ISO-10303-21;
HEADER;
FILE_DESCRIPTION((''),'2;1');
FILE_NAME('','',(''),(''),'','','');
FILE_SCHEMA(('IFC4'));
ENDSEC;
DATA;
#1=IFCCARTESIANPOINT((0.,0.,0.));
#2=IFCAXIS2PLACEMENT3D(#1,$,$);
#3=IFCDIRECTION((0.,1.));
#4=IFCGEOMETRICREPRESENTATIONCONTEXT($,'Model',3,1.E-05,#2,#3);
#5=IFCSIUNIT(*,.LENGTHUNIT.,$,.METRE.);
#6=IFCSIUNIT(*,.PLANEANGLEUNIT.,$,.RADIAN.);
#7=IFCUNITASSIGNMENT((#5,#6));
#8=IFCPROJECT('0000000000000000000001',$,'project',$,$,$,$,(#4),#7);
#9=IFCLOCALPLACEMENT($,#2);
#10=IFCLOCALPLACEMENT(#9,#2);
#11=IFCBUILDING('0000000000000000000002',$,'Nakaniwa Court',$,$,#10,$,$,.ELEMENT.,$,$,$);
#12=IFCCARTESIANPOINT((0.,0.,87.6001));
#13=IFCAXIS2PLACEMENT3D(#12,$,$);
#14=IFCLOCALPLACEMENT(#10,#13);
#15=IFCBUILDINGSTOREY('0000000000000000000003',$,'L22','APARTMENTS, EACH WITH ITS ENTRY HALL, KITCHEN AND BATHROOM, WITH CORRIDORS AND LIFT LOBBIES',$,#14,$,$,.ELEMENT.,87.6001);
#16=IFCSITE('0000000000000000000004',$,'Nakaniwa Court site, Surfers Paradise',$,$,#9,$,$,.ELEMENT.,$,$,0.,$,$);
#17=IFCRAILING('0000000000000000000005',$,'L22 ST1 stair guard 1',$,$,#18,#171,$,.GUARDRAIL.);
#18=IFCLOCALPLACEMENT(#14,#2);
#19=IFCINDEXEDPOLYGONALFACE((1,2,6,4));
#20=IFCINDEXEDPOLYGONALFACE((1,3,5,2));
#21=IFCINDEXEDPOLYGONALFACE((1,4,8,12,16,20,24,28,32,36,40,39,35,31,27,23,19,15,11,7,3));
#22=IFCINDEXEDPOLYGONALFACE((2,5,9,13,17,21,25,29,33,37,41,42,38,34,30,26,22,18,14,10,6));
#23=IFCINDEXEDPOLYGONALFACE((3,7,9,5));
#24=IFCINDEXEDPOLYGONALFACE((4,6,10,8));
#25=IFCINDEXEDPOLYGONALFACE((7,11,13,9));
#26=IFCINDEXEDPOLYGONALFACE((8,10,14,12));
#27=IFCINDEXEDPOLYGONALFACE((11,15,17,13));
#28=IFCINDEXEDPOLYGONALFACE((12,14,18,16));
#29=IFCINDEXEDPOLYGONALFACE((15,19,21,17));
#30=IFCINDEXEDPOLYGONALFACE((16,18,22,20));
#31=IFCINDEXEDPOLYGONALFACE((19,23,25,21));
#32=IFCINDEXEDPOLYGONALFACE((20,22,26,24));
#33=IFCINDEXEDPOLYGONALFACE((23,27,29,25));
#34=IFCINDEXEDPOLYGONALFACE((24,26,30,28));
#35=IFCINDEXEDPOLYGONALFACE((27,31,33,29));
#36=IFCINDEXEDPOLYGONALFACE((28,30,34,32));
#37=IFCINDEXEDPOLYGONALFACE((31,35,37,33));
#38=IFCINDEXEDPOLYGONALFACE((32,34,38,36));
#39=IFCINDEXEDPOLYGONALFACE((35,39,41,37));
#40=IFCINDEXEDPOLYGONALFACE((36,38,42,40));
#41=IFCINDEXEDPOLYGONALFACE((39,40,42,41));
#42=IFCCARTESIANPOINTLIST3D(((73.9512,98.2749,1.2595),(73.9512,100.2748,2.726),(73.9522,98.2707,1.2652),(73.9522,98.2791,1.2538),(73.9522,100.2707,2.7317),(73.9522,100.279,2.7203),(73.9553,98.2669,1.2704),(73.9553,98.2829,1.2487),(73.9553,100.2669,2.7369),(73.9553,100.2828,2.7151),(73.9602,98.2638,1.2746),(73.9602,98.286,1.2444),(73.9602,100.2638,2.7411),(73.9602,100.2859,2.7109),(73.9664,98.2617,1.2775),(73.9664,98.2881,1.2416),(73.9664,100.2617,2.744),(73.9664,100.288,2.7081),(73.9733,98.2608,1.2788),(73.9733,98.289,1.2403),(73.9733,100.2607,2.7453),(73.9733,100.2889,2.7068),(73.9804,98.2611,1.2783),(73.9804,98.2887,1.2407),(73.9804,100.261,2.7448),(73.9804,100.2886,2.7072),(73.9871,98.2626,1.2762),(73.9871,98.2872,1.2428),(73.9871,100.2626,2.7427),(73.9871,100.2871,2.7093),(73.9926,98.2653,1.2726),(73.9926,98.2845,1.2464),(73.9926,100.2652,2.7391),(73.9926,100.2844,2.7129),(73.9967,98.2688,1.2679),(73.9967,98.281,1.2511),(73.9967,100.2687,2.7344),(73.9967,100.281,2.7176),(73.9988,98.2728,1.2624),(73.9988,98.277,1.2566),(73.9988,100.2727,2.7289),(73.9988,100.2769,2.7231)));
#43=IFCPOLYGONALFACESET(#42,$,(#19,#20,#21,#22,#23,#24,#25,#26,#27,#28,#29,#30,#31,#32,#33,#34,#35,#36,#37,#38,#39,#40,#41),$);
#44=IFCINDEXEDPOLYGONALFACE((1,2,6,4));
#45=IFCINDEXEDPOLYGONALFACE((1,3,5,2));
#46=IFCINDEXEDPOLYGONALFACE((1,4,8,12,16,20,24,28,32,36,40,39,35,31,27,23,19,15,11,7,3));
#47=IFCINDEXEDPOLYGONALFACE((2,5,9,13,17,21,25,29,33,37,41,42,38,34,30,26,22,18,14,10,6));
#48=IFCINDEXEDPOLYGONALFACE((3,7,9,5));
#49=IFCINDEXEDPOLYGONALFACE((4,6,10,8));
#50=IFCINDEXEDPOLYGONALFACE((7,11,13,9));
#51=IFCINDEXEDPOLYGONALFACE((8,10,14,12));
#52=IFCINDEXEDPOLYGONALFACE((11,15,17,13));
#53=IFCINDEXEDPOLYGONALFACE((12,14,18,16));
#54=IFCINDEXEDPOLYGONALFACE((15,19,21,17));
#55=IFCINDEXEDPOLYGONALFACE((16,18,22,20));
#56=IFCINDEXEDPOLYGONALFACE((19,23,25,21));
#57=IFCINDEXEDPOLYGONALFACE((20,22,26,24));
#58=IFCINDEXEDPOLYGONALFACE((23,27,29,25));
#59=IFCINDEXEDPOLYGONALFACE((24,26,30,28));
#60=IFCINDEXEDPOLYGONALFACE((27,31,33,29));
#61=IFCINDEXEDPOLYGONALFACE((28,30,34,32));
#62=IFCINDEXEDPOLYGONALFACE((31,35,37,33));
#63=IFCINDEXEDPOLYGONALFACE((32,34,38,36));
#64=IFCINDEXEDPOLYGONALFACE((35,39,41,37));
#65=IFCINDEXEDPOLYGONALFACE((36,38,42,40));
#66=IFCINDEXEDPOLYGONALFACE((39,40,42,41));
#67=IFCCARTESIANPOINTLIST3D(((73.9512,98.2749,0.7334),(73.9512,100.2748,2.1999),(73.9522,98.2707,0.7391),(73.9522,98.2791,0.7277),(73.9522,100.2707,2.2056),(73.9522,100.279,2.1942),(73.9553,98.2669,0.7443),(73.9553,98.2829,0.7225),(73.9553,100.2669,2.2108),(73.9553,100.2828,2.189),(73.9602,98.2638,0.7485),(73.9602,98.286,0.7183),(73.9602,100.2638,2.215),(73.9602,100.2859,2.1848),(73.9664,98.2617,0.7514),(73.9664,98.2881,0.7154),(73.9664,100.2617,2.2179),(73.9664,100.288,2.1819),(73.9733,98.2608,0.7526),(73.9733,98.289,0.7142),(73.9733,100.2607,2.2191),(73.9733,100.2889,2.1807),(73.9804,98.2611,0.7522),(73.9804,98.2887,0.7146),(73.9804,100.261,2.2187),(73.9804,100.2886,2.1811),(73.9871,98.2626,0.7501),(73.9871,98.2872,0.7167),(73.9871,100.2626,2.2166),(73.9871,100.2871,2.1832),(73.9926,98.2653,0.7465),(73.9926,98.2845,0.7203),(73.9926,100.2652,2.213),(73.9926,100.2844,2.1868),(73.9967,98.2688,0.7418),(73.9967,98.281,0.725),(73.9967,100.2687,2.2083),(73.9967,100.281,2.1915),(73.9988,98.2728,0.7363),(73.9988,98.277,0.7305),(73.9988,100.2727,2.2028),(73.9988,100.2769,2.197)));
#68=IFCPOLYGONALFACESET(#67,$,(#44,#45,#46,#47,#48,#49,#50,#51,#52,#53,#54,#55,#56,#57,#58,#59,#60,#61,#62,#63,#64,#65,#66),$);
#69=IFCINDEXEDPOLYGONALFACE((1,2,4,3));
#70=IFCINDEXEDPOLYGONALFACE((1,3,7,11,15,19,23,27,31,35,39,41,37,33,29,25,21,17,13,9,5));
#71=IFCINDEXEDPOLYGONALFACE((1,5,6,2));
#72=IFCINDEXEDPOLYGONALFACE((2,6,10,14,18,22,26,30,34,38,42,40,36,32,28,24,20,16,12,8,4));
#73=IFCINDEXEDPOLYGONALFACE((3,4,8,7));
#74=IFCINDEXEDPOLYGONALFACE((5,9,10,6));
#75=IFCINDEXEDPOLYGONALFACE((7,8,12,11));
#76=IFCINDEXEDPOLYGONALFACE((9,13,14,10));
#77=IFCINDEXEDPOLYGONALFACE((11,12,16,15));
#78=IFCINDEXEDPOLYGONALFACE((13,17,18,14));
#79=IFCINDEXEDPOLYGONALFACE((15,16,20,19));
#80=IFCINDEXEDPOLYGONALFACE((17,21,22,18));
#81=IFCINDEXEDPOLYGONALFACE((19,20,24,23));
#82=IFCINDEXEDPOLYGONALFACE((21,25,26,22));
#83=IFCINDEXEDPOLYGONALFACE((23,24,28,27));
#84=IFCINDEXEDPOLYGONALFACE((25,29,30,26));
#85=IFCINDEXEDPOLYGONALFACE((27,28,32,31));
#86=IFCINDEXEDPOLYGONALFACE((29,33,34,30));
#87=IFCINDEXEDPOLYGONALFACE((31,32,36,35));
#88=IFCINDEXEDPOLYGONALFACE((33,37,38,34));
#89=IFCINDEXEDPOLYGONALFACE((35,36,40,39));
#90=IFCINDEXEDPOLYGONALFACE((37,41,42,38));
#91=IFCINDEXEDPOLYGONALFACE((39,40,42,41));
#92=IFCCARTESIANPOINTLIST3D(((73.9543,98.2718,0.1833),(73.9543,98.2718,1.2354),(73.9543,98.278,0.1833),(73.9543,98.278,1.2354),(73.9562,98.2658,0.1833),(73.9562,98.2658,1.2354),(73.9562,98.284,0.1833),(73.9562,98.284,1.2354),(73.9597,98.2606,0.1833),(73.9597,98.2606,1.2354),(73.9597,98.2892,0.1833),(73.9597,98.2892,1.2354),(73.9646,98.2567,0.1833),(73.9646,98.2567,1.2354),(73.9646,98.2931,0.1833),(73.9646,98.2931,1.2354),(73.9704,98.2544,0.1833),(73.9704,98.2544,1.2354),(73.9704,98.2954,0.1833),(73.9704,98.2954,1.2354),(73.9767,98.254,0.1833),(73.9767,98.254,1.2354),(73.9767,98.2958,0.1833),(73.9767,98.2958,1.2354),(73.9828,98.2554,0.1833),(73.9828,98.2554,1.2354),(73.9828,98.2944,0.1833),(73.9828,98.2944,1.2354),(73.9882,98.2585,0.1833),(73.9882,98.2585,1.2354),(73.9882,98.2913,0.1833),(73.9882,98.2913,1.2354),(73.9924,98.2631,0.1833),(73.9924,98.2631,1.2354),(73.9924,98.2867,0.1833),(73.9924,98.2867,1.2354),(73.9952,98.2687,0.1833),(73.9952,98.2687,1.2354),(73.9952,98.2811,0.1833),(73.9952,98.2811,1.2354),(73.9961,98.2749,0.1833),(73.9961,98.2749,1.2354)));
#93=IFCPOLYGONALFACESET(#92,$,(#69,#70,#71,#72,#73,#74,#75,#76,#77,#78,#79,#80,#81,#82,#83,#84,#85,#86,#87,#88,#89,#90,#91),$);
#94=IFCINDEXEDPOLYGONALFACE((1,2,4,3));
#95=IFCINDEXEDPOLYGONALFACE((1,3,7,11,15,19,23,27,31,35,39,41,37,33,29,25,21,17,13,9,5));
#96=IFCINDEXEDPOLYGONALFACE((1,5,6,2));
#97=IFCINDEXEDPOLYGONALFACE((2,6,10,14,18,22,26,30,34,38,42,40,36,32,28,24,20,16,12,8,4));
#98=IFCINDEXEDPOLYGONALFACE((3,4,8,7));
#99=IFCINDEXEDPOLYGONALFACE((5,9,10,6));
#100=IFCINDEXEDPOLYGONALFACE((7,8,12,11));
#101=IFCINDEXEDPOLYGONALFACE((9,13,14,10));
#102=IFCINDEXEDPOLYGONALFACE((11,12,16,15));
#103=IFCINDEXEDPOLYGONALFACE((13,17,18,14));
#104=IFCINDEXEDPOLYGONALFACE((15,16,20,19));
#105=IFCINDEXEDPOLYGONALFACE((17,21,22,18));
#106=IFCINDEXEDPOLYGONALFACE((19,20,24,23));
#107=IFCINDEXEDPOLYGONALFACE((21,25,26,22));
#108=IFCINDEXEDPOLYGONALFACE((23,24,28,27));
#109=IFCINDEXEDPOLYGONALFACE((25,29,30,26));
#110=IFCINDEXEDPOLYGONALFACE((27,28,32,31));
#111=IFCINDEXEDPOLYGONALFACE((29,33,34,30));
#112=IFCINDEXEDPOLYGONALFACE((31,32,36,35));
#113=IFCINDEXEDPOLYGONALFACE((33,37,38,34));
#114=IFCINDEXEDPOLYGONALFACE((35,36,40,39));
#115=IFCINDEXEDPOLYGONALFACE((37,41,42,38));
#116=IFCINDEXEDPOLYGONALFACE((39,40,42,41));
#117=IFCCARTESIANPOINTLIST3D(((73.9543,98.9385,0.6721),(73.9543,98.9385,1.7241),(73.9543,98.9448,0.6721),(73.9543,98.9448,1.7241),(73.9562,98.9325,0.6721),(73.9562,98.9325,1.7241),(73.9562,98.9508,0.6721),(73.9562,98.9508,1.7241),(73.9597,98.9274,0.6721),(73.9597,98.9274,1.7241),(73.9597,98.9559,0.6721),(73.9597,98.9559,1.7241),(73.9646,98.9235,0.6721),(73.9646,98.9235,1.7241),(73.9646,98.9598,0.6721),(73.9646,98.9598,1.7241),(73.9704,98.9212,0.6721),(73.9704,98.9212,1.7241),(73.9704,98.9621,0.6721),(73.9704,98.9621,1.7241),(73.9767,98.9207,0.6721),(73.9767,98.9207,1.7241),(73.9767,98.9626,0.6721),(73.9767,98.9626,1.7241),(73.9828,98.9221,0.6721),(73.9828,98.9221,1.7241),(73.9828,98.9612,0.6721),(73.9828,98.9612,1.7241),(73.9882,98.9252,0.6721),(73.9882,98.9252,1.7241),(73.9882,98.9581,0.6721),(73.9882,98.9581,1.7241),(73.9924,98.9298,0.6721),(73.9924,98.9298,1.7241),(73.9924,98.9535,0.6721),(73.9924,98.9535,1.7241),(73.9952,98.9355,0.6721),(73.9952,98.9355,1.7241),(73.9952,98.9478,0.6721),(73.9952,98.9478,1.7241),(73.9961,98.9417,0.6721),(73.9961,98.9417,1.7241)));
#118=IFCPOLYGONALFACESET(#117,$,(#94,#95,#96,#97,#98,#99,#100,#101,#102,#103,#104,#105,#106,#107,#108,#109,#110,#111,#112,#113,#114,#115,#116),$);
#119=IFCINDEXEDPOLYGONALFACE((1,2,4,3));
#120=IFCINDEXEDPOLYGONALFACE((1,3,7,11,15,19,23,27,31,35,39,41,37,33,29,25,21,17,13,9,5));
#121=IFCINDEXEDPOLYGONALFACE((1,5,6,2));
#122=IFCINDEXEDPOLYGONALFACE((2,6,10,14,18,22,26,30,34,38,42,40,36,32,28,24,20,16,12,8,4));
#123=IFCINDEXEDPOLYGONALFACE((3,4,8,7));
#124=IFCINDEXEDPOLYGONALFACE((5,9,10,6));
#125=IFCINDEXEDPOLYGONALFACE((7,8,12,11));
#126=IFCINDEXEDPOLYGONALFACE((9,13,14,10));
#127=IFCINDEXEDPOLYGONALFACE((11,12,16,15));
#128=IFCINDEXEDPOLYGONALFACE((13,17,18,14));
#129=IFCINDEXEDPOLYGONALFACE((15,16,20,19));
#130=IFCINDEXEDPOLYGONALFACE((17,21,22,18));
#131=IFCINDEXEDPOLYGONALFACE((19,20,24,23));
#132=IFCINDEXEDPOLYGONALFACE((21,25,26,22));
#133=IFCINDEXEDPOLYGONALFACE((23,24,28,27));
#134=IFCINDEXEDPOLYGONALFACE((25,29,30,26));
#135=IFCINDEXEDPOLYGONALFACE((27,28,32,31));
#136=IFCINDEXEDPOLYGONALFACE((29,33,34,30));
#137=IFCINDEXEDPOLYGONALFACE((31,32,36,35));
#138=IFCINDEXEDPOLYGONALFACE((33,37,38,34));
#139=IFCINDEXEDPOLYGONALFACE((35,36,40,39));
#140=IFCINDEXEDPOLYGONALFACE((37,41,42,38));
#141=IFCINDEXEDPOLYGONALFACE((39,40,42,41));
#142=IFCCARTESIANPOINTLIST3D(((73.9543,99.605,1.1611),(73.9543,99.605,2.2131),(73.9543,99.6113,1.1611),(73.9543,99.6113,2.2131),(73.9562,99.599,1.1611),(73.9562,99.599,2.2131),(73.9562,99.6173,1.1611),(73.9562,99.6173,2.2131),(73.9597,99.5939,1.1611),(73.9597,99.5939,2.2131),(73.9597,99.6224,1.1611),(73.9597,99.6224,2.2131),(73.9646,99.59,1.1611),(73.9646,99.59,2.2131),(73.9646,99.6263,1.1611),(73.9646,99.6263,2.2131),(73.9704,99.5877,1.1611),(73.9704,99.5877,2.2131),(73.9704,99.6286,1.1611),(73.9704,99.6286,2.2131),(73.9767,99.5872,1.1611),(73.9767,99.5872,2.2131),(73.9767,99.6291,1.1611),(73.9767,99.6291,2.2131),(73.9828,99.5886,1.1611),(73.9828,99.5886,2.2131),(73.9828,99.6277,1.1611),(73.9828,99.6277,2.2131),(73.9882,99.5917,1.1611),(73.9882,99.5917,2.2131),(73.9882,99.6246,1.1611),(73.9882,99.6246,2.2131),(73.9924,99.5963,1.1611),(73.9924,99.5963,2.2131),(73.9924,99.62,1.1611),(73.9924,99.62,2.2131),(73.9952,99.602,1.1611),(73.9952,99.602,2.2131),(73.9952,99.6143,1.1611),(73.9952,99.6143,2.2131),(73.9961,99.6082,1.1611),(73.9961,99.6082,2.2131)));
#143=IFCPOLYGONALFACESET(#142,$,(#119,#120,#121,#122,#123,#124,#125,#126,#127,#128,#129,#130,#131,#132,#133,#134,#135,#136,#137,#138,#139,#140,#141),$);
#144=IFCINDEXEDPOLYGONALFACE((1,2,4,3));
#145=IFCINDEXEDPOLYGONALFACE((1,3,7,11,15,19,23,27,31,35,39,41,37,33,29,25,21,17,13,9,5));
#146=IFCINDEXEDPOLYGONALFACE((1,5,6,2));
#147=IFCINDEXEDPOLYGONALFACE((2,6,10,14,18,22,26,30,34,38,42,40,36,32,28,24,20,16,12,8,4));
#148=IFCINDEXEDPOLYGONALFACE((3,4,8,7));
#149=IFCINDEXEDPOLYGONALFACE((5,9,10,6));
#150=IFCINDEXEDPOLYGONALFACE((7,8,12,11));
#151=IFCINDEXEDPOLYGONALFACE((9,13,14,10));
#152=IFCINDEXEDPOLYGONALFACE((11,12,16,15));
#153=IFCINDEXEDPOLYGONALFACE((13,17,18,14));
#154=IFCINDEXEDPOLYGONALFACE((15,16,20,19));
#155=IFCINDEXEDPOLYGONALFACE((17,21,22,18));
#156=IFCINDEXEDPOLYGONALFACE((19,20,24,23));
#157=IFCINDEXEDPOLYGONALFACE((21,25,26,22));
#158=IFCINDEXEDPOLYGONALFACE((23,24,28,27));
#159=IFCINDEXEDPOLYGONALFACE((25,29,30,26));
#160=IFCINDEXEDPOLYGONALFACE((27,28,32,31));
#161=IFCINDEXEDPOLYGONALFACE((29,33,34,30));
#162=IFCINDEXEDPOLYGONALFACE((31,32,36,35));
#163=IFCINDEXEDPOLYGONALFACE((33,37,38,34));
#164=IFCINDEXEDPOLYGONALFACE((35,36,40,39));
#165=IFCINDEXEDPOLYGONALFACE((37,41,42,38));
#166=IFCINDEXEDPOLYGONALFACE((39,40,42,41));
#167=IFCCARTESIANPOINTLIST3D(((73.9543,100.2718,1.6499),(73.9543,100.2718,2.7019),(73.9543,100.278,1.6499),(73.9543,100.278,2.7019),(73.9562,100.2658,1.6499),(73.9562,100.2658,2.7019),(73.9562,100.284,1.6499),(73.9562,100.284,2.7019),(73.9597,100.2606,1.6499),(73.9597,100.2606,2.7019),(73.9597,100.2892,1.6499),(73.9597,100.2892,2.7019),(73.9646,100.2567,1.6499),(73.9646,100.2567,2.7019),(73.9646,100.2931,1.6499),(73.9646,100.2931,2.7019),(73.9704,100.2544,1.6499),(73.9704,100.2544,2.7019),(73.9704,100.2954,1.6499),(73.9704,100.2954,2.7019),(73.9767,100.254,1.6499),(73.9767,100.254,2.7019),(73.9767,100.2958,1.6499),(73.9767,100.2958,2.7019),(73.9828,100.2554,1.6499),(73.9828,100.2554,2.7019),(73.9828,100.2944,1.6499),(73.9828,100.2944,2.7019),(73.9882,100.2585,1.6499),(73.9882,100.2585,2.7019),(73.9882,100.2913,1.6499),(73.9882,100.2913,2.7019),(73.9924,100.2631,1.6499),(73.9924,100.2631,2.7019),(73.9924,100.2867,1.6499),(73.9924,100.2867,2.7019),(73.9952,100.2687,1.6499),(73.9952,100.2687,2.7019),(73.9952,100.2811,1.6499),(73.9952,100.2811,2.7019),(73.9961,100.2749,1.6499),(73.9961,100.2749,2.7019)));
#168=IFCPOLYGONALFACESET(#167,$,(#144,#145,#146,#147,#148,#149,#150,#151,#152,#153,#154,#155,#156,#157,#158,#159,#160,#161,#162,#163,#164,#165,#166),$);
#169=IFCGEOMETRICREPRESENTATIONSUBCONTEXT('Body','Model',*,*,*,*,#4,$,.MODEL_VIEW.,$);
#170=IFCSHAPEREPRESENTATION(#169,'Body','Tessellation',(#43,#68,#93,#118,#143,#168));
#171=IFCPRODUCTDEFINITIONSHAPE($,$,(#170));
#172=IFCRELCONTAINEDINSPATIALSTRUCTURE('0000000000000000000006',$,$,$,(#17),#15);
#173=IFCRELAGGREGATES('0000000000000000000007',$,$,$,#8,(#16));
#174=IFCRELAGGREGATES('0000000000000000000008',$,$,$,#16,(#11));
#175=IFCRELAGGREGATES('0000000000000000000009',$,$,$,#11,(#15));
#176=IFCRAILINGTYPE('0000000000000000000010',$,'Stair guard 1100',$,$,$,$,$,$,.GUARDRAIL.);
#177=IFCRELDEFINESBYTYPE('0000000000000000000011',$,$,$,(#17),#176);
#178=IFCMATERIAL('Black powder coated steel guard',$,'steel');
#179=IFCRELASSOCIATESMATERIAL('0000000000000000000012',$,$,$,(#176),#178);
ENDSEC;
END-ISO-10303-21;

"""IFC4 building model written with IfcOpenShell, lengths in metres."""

from ifc_helpers import new_model, si_unit, direction, frame, origin, origin_2d, place, context, subcontext, project, spatial, circle, extrude, material, type_object, element, save


model = new_model("IFC4")

# Units and contexts
model_context = context("Model", 3, precision=1e-05, world=origin(), true_north=direction((0.0, 1.0)))
body_context = subcontext(model_context, "Body", "Model", "MODEL_VIEW")
ifc_project = project(units=[si_unit("LENGTHUNIT", "METRE"), si_unit("PLANEANGLEUNIT", "RADIAN")], contexts=[model_context])

# Site, building, storey
site_placement = place(None, origin())
site = spatial("IfcSite", under=ifc_project, at=site_placement, Name="Nakaniwa Court site, Surfers Paradise", CompositionType="ELEMENT", RefElevation=0.0)
building_placement = place(site_placement, origin())
building = spatial("IfcBuilding", under=site, at=building_placement, Name="Nakaniwa Court", CompositionType="ELEMENT")
storey_placement = place(building_placement, frame((0.0, 0.0, 87.6001)))
storey = spatial("IfcBuildingStorey", under=building, at=storey_placement, Name="L22", Description="APARTMENTS, EACH WITH ITS ENTRY HALL, KITCHEN AND BATHROOM, WITH CORRIDORS AND LIFT LOBBIES", CompositionType="ELEMENT", Elevation=87.6001)

# Railing
ifc_material_1 = material(Name="Black powder coated steel guard", Category="steel")
railing_type_1 = type_object("IfcRailingType", Name="Stair guard 1100", PredefinedType="GUARDRAIL", material=ifc_material_1)
railing_1_placement = place(storey_placement, frame((73.9751, 98.2749, 0.1833)))
element("IfcRailing", 1, at=railing_1_placement, inside=storey, type_object=railing_type_1, Name="L22 ST1 stair guard 1", PredefinedType="GUARDRAIL", context=body_context, shape_type="SweptSolid", body=[
    extrude(circle(Radius=0.0239, at=origin_2d()), frame((0.0, 0.0, 1.0762), z_axis=(0.0, 0.806427, 0.591334), x_axis=(-1.0, 0.0, 0.0)), (0.0, 0.0, 1.0), 2.48),
    extrude(circle(Radius=0.0239, at=origin_2d()), frame((0.0, 0.0, 0.55), z_axis=(0.0, 0.806427, 0.591334), x_axis=(-1.0, 0.0, 0.0)), (0.0, 0.0, 1.0), 2.48),
    extrude(circle(Radius=0.021, at=origin_2d()), origin(), (0.0, 0.0, 1.0), 1.052),
    extrude(circle(Radius=0.021, at=origin_2d()), frame((0.0, 0.6667, 0.4888)), (0.0, 0.0, 1.0), 1.052),
    extrude(circle(Radius=0.021, at=origin_2d()), frame((0.0, 1.3333, 0.9778)), (0.0, 0.0, 1.0), 1.052),
    extrude(circle(Radius=0.021, at=origin_2d()), frame((0.0, 2.0, 1.4666)), (0.0, 0.0, 1.0), 1.052),
])

save(model, "model.ifc")
